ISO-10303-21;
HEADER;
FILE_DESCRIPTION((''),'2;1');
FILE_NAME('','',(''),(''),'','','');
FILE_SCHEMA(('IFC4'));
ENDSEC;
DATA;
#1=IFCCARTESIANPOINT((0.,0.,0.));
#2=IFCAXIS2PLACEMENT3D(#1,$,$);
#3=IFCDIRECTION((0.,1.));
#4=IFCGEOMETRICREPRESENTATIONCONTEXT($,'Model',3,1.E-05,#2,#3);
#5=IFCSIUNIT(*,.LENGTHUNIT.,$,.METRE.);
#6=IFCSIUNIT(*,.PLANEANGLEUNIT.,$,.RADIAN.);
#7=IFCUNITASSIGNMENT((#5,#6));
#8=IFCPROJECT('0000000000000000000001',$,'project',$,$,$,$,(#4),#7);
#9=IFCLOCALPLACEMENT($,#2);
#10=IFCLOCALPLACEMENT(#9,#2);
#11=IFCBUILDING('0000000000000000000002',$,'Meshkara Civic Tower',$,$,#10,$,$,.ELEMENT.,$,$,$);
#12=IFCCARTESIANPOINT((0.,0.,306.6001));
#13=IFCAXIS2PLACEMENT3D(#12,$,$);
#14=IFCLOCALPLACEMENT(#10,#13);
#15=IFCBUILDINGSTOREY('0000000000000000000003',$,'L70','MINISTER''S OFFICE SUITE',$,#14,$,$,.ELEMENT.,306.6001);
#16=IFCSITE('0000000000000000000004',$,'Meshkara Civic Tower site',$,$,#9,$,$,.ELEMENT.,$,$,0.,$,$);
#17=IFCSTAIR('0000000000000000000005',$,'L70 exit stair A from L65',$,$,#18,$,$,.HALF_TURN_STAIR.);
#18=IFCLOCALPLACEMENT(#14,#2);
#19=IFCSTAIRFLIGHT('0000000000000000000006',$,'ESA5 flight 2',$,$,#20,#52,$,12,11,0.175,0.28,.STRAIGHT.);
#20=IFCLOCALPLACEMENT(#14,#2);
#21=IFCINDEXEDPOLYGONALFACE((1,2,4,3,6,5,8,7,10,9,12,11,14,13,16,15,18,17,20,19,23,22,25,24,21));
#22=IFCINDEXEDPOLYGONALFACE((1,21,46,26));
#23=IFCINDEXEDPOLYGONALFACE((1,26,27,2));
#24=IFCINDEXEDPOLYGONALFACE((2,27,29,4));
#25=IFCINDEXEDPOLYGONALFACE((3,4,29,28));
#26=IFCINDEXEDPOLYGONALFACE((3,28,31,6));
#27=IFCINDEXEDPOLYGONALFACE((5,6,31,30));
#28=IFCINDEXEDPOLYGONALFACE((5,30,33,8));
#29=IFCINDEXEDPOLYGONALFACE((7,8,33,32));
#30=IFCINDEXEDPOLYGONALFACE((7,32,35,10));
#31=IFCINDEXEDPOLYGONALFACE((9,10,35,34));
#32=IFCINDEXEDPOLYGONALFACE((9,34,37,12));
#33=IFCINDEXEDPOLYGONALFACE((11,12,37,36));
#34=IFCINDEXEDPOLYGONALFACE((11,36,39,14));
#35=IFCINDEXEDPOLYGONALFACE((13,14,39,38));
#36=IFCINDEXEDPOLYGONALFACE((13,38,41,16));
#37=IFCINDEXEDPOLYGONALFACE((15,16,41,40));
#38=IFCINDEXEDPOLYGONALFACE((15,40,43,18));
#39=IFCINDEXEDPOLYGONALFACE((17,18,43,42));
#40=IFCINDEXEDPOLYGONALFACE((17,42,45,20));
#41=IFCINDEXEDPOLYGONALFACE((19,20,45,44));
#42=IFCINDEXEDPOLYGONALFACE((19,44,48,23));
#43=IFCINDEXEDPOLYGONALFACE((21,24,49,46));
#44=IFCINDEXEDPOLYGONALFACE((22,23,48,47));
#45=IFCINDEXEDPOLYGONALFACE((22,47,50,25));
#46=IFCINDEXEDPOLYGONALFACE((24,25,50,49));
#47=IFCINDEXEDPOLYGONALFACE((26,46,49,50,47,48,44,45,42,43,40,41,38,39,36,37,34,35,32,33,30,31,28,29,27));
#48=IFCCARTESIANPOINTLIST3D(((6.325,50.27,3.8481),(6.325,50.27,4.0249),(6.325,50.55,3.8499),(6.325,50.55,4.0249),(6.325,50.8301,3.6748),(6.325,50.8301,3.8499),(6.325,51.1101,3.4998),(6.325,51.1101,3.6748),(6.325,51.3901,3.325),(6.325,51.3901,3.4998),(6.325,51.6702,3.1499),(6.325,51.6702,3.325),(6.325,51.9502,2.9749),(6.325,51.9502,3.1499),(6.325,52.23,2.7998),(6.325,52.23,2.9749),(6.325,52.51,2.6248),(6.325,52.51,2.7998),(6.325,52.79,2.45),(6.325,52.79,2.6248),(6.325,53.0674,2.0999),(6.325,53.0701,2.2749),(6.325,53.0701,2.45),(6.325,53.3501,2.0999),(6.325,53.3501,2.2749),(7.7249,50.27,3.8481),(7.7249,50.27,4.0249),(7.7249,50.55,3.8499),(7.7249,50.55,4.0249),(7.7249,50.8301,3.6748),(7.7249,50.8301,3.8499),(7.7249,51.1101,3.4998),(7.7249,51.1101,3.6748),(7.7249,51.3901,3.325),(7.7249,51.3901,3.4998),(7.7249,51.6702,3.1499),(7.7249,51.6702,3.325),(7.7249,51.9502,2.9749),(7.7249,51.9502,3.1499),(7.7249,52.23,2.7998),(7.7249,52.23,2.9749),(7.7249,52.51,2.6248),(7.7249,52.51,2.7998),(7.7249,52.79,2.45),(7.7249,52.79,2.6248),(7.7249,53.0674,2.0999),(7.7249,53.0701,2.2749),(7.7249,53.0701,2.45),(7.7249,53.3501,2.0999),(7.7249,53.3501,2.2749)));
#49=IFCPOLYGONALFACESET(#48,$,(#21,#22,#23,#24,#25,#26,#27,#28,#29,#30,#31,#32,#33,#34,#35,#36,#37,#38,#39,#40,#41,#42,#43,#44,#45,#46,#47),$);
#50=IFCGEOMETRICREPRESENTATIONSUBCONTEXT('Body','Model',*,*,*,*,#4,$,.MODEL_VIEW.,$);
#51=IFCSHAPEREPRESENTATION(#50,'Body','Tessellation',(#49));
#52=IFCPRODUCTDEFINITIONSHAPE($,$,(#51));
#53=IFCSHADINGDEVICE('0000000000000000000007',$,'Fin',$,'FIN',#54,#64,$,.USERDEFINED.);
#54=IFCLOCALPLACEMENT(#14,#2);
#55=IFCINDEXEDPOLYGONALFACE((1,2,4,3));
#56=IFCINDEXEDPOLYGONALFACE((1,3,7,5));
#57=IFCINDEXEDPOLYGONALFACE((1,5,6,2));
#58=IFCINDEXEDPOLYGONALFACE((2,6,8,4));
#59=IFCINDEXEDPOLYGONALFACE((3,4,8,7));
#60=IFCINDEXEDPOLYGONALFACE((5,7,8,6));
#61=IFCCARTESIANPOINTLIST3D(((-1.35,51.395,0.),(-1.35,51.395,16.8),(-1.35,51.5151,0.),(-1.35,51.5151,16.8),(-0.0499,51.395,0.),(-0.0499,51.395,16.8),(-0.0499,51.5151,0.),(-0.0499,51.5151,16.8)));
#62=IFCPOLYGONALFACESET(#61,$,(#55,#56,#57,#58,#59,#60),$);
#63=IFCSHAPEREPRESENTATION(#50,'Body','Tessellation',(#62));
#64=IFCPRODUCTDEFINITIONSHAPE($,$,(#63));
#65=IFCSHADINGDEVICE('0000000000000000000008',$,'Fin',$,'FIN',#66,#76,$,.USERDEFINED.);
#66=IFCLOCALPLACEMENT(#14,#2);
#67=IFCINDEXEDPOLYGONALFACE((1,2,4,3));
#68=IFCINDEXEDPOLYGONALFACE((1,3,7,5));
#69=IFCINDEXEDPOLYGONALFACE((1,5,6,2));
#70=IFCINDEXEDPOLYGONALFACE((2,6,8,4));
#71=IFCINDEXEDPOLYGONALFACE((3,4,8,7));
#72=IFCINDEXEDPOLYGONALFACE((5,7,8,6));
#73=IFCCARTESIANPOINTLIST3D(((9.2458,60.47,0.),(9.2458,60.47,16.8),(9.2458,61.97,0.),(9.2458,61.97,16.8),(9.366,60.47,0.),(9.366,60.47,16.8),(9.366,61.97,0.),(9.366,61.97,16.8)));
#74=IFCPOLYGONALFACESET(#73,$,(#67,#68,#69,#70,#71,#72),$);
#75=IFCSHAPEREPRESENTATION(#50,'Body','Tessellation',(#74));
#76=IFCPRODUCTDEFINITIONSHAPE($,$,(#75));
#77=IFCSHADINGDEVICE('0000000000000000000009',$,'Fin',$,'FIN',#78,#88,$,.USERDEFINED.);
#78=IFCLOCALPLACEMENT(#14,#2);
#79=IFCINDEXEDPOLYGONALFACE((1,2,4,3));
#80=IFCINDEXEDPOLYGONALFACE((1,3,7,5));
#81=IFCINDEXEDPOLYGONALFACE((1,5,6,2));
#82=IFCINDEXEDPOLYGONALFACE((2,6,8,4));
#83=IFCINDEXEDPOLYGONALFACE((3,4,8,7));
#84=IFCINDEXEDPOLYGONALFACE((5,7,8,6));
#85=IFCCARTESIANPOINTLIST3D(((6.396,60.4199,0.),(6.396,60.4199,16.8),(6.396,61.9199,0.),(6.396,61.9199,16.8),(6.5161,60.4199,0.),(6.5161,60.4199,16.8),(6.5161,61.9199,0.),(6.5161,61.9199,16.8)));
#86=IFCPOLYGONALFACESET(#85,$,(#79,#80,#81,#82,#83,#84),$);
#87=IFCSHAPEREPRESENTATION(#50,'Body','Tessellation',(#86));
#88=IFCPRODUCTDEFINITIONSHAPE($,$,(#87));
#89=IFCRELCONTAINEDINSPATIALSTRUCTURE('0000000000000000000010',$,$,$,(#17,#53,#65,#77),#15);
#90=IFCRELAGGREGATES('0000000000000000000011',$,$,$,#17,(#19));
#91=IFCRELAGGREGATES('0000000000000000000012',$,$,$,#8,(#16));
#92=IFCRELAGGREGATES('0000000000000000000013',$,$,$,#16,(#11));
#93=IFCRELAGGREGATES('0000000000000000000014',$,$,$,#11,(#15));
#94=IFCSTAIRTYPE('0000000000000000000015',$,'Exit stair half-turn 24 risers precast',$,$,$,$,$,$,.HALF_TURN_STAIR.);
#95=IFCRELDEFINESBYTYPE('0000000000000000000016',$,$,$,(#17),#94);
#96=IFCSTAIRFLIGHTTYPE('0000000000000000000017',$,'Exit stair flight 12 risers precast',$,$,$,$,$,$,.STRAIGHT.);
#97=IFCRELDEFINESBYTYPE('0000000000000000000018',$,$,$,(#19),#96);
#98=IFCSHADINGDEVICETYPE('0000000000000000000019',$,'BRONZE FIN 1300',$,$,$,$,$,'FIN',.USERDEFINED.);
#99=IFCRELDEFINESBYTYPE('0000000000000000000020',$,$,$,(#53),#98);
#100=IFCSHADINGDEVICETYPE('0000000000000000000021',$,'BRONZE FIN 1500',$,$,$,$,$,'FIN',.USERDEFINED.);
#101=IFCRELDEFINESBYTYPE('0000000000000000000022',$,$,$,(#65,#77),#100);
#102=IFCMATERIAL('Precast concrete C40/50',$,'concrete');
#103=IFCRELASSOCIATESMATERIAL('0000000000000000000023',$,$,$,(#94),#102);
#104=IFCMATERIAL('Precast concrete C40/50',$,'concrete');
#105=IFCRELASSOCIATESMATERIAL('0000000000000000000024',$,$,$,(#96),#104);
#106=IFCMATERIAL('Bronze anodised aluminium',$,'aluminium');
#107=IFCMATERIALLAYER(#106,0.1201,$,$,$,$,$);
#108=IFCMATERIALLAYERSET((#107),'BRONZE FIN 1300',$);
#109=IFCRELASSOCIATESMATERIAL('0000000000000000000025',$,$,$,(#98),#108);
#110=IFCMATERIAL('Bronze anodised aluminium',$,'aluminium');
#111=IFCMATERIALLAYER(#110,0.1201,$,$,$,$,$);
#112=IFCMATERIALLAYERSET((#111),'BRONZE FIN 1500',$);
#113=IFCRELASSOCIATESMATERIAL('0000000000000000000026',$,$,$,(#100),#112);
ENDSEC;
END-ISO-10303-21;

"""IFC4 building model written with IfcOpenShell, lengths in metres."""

from ifc_helpers import new_model, si_unit, direction, frame, origin, origin_2d, place, context, subcontext, project, spatial, polyline, rectangle, outline, extrude, material, layer, layer_set, type_object, element, aggregate, save


model = new_model("IFC4")

# Units and contexts
model_context = context("Model", 3, precision=1e-05, world=origin(), true_north=direction((0.0, 1.0)))
body_context = subcontext(model_context, "Body", "Model", "MODEL_VIEW")
ifc_project = project(units=[si_unit("LENGTHUNIT", "METRE"), si_unit("PLANEANGLEUNIT", "RADIAN")], contexts=[model_context])

# Site, building, storey
site_placement = place(None, origin())
site = spatial("IfcSite", under=ifc_project, at=site_placement, Name="Meshkara Civic Tower site", CompositionType="ELEMENT", RefElevation=0.0)
building_placement = place(site_placement, origin())
building = spatial("IfcBuilding", under=site, at=building_placement, Name="Meshkara Civic Tower", CompositionType="ELEMENT")
storey_placement = place(building_placement, frame((0.0, 0.0, 306.6001)))
storey = spatial("IfcBuildingStorey", under=building, at=storey_placement, Name="L70", Description="MINISTER'S OFFICE SUITE", CompositionType="ELEMENT", Elevation=306.6001)

# Stair, stair flight
ifc_material_1 = material(Name="Precast concrete C40/50", Category="concrete")
stair_type = type_object("IfcStairType", Name="Exit stair half-turn 24 risers precast", PredefinedType="HALF_TURN_STAIR", material=ifc_material_1)
stair_placement = place(storey_placement, origin())
stair = element("IfcStair", 1, at=stair_placement, inside=storey, type_object=stair_type, Name="L70 exit stair A from L65", PredefinedType="HALF_TURN_STAIR")
ifc_material_2 = material(Name="Precast concrete C40/50", Category="concrete")
stair_flight_type = type_object("IfcStairFlightType", Name="Exit stair flight 12 risers precast", PredefinedType="STRAIGHT", material=ifc_material_2)
stair_flight_1_placement = place(storey_placement, frame((7.0249, 53.3501, 2.0999), z_axis=(0.0, 0.0, 1.0), x_axis=(0.0, -1.0, 0.0)))
stair_flight_1 = element("IfcStairFlight", 2, at=stair_flight_1_placement, type_object=stair_flight_type, Name="ESA5 flight 2", NumberOfRisers=12, NumberOfTreads=11, PredefinedType="STRAIGHT", RiserHeight=0.175, TreadLength=0.28, context=body_context, shape_type="SweptSolid", body=[
    extrude(outline(polyline([(0.0, 0.0), (0.0, 0.175), (0.28, 0.175), (0.28, 0.3501), (0.5601, 0.3501), (0.5601, 0.5249), (0.8401, 0.5249), (0.8401, 0.7), (1.1201, 0.7), (1.1201, 0.875), (1.3999, 0.875), (1.3999, 1.05), (1.6799, 1.05), (1.6799, 1.2251), (1.96, 1.2251), (1.96, 1.3999), (2.24, 1.3999), (2.24, 1.575), (2.52, 1.575), (2.52, 1.75), (2.8, 1.75), (2.8, 1.925), (3.0801, 1.925), (3.0801, 2.1001), (3.0801, 1.7483), (0.2827, 0.0), (0.0, 0.0)])), frame((0.0, 0.7, 0.0), z_axis=(0.0, -1.0, 0.0), x_axis=(1.0, 0.0, 0.0)), (0.0, 0.0, 1.0), 1.3999),
])
aggregate(stair, [stair_flight_1])

# Shading devices
ifc_material_3 = material(Name="Bronze anodised aluminium", Category="aluminium")
ifc_layer_1 = layer(ifc_material_3, 0.1201)
ifc_layer_set_1 = layer_set([ifc_layer_1], Name="BRONZE FIN 1300")
shading_device_type_1 = type_object("IfcShadingDeviceType", Name="BRONZE FIN 1300", ElementType="FIN", PredefinedType="USERDEFINED", material=ifc_layer_set_1)
shading_device_placement = place(storey_placement, frame((-0.7, 51.4551, 0.0), z_axis=(0.0, 0.0, 1.0), x_axis=(0.0, -1.0, 0.0)))
element("IfcShadingDevice", 3, at=shading_device_placement, inside=storey, type_object=shading_device_type_1, Name="Fin", ObjectType="FIN", PredefinedType="USERDEFINED", context=body_context, shape_type="SweptSolid", body=[
    extrude(rectangle(XDim=0.1201, YDim=1.3, at=origin_2d()), origin(), (0.0, 0.0, 1.0), 16.8),
])
ifc_material_4 = material(Name="Bronze anodised aluminium", Category="aluminium")
ifc_layer_2 = layer(ifc_material_4, 0.1201)
ifc_layer_set_2 = layer_set([ifc_layer_2], Name="BRONZE FIN 1500")
shading_device_type_2 = type_object("IfcShadingDeviceType", Name="BRONZE FIN 1500", ElementType="FIN", PredefinedType="USERDEFINED", material=ifc_layer_set_2)
for number, where, z_axis, x_axis, name in (
    (4, (9.3059, 61.22, 0.0), (0.0, 0.0, 1.0), (-1.0, 0.0, 0.0), "Fin"),
    (5, (6.4561, 61.1699, 0.0), (0.0, 0.0, 1.0), (-1.0, 0.0, 0.0), "Fin"),
):
    element("IfcShadingDevice", number, at=place(storey_placement, frame(where, z_axis=z_axis, x_axis=x_axis)), inside=storey, type_object=shading_device_type_2, Name=name, ObjectType="FIN", PredefinedType="USERDEFINED", context=body_context, shape_type="SweptSolid", body=[
        extrude(rectangle(XDim=0.1201, YDim=1.5, at=origin_2d()), origin(), (0.0, 0.0, 1.0), 16.8),
    ])

save(model, "model.ifc")
